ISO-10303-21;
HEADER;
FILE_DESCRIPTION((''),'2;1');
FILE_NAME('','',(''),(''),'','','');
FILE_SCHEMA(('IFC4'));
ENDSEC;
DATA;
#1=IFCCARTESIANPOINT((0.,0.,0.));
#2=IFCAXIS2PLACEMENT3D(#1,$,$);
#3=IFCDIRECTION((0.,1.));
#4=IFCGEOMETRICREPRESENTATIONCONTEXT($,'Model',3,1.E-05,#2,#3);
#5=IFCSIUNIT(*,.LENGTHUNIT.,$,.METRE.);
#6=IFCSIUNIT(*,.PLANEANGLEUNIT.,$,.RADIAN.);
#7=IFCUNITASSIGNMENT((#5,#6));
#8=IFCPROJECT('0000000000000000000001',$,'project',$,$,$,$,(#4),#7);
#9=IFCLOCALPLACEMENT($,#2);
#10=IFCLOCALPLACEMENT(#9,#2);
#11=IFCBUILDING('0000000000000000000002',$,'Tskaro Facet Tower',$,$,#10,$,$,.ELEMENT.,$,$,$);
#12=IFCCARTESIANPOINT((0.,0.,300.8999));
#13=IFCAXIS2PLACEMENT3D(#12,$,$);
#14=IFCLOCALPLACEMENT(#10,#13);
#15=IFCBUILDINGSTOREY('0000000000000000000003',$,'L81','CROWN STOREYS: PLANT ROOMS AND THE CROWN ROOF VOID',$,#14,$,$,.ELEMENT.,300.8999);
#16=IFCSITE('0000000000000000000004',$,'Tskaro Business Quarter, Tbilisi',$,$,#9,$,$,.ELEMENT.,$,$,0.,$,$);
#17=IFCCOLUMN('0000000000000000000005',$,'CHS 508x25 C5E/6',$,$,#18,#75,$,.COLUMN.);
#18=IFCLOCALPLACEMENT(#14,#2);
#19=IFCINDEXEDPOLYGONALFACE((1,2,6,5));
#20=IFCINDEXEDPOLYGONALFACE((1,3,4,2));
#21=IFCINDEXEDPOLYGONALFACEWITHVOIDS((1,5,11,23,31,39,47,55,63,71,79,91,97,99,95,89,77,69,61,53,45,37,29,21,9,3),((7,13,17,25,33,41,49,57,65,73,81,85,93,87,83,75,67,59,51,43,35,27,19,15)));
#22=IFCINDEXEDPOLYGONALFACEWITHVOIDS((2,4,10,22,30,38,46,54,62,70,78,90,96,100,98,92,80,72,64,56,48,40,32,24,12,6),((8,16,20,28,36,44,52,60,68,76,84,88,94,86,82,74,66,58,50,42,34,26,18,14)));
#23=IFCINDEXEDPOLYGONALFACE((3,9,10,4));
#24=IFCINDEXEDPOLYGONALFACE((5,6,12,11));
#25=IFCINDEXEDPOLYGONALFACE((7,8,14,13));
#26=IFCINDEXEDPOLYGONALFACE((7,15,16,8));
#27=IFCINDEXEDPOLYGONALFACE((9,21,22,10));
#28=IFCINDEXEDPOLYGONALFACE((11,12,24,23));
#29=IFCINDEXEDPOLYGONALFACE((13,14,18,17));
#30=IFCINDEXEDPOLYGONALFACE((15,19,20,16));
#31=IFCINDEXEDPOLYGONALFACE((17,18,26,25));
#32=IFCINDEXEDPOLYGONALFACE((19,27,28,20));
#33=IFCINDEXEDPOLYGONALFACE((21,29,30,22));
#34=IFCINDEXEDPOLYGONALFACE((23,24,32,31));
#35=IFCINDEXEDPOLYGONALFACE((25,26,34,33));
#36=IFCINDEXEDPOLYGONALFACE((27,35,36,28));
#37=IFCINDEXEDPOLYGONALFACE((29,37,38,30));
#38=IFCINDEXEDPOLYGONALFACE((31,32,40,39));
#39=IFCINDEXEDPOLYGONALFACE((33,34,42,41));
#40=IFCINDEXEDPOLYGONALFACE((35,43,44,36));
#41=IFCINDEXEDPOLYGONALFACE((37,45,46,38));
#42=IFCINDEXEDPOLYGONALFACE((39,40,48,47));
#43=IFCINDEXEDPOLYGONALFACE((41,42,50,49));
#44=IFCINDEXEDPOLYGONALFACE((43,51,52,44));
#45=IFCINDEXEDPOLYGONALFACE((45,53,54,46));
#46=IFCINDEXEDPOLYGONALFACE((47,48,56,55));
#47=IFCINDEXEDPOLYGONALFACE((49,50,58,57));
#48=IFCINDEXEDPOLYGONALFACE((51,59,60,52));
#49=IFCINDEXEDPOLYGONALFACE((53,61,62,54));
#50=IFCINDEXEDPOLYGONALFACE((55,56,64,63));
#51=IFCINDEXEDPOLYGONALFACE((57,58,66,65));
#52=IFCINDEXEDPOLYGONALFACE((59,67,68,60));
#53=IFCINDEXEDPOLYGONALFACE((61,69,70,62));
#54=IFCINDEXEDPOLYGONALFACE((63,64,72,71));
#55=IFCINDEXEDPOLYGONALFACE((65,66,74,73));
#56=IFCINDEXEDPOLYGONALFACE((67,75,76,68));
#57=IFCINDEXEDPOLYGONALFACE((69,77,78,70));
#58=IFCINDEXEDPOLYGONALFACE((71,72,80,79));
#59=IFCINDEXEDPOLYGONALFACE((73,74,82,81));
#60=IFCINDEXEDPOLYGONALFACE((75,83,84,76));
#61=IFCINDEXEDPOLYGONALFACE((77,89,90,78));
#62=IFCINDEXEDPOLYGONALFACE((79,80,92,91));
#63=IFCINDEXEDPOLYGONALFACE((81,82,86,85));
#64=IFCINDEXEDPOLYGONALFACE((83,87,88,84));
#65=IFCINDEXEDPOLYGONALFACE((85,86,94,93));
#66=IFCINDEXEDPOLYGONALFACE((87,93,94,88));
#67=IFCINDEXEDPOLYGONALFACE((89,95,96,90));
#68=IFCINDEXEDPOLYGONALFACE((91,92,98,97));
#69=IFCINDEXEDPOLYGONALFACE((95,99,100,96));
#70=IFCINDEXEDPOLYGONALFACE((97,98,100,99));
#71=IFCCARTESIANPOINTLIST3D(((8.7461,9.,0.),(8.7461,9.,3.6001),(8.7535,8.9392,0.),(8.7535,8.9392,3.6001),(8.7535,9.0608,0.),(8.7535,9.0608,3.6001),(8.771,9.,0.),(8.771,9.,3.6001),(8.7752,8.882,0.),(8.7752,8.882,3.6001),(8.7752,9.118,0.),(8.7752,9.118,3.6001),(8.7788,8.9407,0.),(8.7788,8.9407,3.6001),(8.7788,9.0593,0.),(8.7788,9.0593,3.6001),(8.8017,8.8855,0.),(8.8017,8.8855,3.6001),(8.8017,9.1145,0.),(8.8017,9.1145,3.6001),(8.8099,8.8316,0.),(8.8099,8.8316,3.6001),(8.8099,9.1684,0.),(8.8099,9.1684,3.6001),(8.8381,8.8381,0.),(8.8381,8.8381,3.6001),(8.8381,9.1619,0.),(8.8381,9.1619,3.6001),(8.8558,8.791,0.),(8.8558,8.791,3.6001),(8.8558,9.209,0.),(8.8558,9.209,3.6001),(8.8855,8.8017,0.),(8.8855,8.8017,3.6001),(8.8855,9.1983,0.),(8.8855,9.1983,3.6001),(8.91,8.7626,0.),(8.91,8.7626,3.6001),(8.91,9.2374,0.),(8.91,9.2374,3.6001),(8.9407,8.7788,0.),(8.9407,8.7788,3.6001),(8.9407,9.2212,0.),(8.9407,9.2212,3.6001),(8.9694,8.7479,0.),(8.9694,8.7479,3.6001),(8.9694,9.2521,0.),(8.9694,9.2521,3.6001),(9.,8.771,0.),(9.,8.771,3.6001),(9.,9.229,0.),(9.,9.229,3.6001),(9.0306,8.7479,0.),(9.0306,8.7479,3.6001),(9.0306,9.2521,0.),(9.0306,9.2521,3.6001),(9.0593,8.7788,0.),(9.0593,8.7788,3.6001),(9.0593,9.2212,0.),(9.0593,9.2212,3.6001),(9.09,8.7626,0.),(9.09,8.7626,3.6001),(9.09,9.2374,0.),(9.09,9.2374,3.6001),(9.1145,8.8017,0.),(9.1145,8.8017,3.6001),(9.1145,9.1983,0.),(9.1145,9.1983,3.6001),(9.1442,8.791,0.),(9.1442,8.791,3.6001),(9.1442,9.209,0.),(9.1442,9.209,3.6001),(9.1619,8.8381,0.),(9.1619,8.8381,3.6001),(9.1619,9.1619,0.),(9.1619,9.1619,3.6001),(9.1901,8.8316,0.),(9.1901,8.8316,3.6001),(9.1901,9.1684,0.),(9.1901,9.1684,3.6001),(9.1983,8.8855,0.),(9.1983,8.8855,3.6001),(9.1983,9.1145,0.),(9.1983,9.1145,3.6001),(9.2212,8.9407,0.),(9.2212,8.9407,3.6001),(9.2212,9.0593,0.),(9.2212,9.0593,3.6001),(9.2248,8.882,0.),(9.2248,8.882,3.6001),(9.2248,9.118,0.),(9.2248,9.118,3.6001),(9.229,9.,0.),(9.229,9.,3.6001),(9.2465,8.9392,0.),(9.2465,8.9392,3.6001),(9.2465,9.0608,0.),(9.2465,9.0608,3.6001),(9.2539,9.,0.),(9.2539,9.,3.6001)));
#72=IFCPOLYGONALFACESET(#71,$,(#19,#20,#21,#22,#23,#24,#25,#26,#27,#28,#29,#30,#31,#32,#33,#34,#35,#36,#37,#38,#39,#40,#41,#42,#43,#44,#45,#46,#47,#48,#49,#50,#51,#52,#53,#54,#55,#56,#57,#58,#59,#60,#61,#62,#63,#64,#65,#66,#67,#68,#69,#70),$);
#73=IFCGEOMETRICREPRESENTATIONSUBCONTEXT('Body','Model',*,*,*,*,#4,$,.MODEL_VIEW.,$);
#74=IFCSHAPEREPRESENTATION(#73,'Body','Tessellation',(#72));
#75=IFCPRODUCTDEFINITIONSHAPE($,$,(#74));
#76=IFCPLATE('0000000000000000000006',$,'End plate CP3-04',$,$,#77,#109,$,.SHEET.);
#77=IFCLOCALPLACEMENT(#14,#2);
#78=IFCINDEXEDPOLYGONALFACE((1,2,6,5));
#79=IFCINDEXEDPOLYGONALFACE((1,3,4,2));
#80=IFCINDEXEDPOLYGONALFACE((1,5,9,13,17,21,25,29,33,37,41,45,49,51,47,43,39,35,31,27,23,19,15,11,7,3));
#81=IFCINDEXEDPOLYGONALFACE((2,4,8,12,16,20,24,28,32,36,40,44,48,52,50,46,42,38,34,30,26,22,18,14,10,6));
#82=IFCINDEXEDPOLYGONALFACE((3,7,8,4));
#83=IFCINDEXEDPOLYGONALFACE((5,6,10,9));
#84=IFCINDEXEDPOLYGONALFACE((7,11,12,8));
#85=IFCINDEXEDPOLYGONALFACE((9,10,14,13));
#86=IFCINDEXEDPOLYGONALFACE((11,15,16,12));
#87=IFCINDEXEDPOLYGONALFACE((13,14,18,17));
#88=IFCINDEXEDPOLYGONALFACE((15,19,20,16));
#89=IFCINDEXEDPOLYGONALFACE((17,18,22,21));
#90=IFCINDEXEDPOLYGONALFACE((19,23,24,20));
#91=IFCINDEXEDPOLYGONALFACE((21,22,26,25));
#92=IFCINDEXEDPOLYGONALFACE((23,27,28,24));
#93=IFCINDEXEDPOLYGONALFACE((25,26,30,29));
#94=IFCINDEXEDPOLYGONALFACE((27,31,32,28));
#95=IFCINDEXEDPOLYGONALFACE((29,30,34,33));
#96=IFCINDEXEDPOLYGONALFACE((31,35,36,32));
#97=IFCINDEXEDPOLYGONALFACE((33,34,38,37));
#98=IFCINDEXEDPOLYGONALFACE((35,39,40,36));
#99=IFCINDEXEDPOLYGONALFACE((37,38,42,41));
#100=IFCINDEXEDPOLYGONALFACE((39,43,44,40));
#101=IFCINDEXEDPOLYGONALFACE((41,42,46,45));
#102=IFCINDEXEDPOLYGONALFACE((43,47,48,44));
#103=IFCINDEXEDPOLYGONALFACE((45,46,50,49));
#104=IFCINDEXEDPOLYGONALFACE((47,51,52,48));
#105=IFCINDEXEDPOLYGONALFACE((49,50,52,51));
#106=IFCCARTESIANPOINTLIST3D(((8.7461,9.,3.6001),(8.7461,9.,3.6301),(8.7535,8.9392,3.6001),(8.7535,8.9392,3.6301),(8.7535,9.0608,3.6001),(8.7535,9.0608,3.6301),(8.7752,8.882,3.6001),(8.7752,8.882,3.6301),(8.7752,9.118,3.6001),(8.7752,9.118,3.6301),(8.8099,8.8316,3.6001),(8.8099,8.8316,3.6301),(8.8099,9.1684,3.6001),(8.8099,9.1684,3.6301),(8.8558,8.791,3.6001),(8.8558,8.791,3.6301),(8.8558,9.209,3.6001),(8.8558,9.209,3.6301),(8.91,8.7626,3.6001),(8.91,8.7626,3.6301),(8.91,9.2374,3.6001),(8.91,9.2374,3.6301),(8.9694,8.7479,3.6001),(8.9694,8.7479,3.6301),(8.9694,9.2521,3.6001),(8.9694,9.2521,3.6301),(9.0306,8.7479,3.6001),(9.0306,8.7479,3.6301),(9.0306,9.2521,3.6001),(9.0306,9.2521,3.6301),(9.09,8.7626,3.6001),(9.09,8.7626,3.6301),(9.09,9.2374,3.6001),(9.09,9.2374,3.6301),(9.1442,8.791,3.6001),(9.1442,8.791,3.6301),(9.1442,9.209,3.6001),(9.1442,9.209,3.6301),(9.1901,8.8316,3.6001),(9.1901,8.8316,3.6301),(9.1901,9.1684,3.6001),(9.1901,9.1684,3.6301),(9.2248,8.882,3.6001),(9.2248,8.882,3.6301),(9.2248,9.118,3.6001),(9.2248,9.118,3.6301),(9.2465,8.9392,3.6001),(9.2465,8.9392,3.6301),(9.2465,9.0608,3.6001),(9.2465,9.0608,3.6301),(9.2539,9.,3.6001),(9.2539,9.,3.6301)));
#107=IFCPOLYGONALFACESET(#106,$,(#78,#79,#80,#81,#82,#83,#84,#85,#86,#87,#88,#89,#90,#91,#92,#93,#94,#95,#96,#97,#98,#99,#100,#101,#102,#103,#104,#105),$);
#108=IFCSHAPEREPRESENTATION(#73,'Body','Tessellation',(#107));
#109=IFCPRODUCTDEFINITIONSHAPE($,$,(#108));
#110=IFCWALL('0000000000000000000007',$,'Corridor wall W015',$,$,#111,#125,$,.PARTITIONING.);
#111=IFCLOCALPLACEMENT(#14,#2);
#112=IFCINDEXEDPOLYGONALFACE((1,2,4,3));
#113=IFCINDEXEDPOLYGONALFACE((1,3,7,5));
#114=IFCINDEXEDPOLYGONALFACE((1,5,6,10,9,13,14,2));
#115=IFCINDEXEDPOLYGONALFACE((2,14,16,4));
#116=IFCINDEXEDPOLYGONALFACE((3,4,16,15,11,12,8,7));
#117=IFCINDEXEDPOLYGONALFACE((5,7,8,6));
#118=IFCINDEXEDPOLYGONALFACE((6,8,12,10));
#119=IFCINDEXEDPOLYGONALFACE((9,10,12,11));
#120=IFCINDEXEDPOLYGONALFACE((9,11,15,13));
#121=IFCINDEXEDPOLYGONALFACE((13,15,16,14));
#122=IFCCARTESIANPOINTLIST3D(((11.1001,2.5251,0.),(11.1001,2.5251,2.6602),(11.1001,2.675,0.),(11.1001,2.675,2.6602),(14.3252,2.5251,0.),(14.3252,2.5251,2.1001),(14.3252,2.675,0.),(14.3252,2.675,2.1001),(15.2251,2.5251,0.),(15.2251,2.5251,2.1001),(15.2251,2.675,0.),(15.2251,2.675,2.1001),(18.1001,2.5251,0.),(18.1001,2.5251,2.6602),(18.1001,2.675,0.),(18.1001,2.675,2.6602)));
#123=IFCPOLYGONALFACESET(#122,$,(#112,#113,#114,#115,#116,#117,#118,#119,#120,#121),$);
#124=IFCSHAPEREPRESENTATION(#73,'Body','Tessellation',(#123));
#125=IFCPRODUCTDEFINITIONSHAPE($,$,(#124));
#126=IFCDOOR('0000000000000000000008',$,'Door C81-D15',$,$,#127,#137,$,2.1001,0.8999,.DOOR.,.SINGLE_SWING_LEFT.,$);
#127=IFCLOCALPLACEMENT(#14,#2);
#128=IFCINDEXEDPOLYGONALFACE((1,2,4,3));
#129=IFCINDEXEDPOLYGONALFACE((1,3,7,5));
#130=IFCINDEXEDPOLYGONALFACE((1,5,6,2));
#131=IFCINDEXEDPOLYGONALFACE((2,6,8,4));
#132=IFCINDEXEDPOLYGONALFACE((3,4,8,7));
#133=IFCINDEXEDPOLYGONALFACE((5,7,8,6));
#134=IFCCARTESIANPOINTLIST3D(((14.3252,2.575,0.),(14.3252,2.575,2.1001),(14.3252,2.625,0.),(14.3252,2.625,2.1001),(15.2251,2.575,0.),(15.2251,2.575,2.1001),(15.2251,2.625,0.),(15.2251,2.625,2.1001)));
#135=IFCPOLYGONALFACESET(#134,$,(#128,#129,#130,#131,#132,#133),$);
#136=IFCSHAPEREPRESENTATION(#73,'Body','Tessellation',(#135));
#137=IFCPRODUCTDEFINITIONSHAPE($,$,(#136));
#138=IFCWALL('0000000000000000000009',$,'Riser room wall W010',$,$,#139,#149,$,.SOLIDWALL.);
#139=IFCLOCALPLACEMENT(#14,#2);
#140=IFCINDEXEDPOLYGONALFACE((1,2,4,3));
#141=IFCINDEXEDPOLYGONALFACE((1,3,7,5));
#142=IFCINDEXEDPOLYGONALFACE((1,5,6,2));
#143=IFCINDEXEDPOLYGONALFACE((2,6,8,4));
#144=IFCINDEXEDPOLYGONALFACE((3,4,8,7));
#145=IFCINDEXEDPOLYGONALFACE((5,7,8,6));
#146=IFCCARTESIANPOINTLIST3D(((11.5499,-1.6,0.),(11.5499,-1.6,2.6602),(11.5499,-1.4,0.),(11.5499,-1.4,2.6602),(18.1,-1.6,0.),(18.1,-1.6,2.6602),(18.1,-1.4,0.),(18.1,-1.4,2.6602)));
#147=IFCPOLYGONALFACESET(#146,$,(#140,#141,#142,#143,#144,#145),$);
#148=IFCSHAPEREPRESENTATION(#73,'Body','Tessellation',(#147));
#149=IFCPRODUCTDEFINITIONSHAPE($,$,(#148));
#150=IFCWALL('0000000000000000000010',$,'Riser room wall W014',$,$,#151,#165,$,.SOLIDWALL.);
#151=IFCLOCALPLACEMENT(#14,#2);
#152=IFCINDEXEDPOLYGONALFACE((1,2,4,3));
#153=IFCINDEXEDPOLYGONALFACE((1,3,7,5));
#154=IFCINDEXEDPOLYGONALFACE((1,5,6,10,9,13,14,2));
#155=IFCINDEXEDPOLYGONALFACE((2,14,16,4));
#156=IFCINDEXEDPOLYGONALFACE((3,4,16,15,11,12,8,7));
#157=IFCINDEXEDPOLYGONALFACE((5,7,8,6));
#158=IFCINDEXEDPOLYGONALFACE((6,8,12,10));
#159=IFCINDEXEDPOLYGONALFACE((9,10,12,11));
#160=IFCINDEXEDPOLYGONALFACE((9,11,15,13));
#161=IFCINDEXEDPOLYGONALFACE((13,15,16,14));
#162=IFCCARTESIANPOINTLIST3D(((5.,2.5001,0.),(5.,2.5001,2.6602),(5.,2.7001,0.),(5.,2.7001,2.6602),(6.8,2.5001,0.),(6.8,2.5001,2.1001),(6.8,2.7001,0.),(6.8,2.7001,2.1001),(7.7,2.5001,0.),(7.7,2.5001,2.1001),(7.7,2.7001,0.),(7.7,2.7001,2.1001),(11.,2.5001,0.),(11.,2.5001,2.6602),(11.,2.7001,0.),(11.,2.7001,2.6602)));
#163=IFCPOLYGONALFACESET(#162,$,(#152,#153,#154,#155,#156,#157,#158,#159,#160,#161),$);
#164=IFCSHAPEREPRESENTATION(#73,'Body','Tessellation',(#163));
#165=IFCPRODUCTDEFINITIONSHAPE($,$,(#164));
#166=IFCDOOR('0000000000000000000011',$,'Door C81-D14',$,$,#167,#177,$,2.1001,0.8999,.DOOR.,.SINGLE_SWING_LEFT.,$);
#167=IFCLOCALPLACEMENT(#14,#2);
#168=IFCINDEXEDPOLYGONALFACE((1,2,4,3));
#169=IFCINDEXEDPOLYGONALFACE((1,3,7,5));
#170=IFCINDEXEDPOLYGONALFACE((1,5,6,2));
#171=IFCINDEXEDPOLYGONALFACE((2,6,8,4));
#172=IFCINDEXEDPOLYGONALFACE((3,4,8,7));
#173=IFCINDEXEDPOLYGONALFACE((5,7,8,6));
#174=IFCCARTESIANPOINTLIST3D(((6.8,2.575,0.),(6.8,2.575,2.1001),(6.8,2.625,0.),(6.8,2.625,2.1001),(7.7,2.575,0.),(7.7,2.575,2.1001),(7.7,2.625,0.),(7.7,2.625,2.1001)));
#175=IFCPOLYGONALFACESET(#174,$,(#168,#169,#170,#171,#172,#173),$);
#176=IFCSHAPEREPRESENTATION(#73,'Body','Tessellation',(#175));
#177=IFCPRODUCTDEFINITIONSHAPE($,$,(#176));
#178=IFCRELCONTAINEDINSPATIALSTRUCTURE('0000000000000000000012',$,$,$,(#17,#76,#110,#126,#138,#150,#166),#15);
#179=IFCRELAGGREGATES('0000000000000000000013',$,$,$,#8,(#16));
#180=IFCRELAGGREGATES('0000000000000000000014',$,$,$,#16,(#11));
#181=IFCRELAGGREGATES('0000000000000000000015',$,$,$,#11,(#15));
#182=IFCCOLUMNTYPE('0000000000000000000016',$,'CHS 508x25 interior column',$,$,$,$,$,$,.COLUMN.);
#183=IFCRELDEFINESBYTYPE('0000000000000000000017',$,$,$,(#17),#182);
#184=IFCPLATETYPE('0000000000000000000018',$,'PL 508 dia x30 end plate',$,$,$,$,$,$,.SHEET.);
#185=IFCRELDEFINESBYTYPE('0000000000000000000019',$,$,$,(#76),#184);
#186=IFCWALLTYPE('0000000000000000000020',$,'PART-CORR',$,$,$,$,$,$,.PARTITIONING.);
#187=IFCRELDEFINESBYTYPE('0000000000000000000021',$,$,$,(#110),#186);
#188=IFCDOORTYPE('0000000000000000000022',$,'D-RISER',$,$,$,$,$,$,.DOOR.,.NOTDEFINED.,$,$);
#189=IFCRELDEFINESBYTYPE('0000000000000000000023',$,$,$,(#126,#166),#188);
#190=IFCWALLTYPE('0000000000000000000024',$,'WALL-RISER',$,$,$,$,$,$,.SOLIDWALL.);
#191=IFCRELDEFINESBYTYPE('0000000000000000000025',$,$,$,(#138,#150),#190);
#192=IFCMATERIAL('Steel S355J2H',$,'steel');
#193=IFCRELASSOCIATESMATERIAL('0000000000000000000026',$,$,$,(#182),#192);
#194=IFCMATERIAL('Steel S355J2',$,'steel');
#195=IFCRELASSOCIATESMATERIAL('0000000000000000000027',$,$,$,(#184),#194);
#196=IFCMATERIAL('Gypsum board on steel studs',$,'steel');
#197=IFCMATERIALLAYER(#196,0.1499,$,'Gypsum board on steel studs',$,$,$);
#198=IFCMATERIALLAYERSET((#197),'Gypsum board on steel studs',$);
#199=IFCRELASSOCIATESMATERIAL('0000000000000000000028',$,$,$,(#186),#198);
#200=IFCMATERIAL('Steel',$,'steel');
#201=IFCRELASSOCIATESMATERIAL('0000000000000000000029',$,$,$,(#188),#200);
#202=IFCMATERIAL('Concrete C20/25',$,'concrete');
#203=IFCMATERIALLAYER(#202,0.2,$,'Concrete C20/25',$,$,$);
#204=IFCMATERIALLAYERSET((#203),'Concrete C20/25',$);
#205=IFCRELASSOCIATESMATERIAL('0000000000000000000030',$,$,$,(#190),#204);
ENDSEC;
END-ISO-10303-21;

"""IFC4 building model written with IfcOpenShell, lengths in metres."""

from ifc_helpers import new_model, si_unit, direction, frame, frame_2d, origin, origin_2d, place, context, subcontext, project, spatial, rectangle, circle, hollow_circle, extrude, material, layer, layer_set, material_profile, profile_set, type_object, element, fill, save


model = new_model("IFC4")

# Units and contexts
model_context = context("Model", 3, precision=1e-05, world=origin(), true_north=direction((0.0, 1.0)))
body_context = subcontext(model_context, "Body", "Model", "MODEL_VIEW")
ifc_project = project(units=[si_unit("LENGTHUNIT", "METRE"), si_unit("PLANEANGLEUNIT", "RADIAN")], contexts=[model_context])

# Site, building, storey
site_placement = place(None, origin())
site = spatial("IfcSite", under=ifc_project, at=site_placement, Name="Tskaro Business Quarter, Tbilisi", CompositionType="ELEMENT", RefElevation=0.0)
building_placement = place(site_placement, origin())
building = spatial("IfcBuilding", under=site, at=building_placement, Name="Tskaro Facet Tower", CompositionType="ELEMENT")
storey_placement = place(building_placement, frame((0.0, 0.0, 300.8999)))
storey = spatial("IfcBuildingStorey", under=building, at=storey_placement, Name="L81", Description="CROWN STOREYS: PLANT ROOMS AND THE CROWN ROOF VOID", CompositionType="ELEMENT", Elevation=300.8999)

# Column
ifc_material_1 = material(Name="Steel S355J2H", Category="steel")
ifc_material_profile_1 = material_profile(ifc_material_1, hollow_circle(Radius=0.2539, WallThickness=0.0249, at=origin_2d()), Name="CHS 508x25")
ifc_profile_set_1 = profile_set([ifc_material_profile_1], Name="Steel S355J2H")
column_type = type_object("IfcColumnType", Name="CHS 508x25 interior column", PredefinedType="COLUMN", material=ifc_profile_set_1)
column_placement = place(storey_placement, frame((9.0, 9.0, 0.0), z_axis=(0.0, 0.0, 1.0), x_axis=(1.0, 0.0, 0.0)))
element("IfcColumn", 1, at=column_placement, inside=storey, type_object=column_type, Name="CHS 508x25 C5E/6", PredefinedType="COLUMN", context=body_context, shape_type="SweptSolid", body=[
    extrude(hollow_circle(Radius=0.2539, WallThickness=0.0249, at=origin_2d()), origin(), (0.0, 0.0, 1.0), 3.6001),
])

# Plate
ifc_material_2 = material(Name="Steel S355J2", Category="steel")
ifc_material_profile_2 = material_profile(ifc_material_2, circle(Radius=0.2539, at=origin_2d()), Name="PL 508 dia x30 end plate")
ifc_profile_set_2 = profile_set([ifc_material_profile_2], Name="Steel S355J2")
plate_type = type_object("IfcPlateType", Name="PL 508 dia x30 end plate", PredefinedType="SHEET", material=ifc_profile_set_2)
plate_placement = place(storey_placement, frame((9.0, 9.0, 3.6001), z_axis=(0.0, 0.0, 1.0), x_axis=(1.0, 0.0, 0.0)))
element("IfcPlate", 2, at=plate_placement, inside=storey, type_object=plate_type, Name="End plate CP3-04", PredefinedType="SHEET", context=body_context, shape_type="SweptSolid", body=[
    extrude(circle(Radius=0.2539, at=origin_2d()), origin(), (0.0, 0.0, 1.0), 0.03),
])

# Wall, opening, door
ifc_material_3 = material(Name="Gypsum board on steel studs", Category="steel")
ifc_layer_1 = layer(ifc_material_3, 0.1499, Name="Gypsum board on steel studs")
ifc_layer_set_1 = layer_set([ifc_layer_1], Name="Gypsum board on steel studs")
wall_type_1 = type_object("IfcWallType", Name="PART-CORR", PredefinedType="PARTITIONING", material=ifc_layer_set_1)
wall_1_placement = place(storey_placement, frame((11.1001, 2.6001, 0.0), z_axis=(0.0, 0.0, 1.0), x_axis=(1.0, 0.0, 0.0)))
wall_1 = element("IfcWall", 3, at=wall_1_placement, inside=storey, type_object=wall_type_1, Name="Corridor wall W015", PredefinedType="PARTITIONING", context=body_context, shape_type="SweptSolid", body=[
    extrude(rectangle(XDim=7.0, YDim=0.1499, at=frame_2d((3.5, 0.0))), origin(), (0.0, 0.0, 1.0), 2.6602),
])
opening_1_placement = place(wall_1_placement, frame((3.2251, 0.0, 0.0)))
opening_1 = element("IfcOpeningElement", 4, at=opening_1_placement, cuts=wall_1, PredefinedType="OPENING", context=body_context, shape_type="SweptSolid", body=[
    extrude(rectangle(XDim=0.8999, YDim=2.1001, at=frame_2d((0.45, 1.05))), frame((0.0, 0.085, 0.0), z_axis=(0.0, -1.0, 0.0), x_axis=(1.0, 0.0, 0.0)), (0.0, 0.0, 1.0), 0.1699),
])
ifc_material_4 = material(Name="Steel", Category="steel")
door_type = type_object("IfcDoorType", Name="D-RISER", OperationType="NOTDEFINED", PredefinedType="DOOR", material=ifc_material_4)
door_1_placement = place(opening_1_placement, origin())
door_1 = element("IfcDoor", 5, at=door_1_placement, inside=storey, type_object=door_type, Name="Door C81-D15", OperationType="SINGLE_SWING_LEFT", OverallHeight=2.1001, OverallWidth=0.8999, PredefinedType="DOOR", context=body_context, shape_type="SweptSolid", body=[
    extrude(rectangle(XDim=0.8999, YDim=2.1001, at=frame_2d((0.45, 1.05))), frame((0.0, 0.0249, 0.0), z_axis=(0.0, -1.0, 0.0), x_axis=(1.0, 0.0, 0.0)), (0.0, 0.0, 1.0), 0.05),
])
fill(opening_1, door_1)

# Wall
ifc_material_5 = material(Name="Concrete C20/25", Category="concrete")
ifc_layer_2 = layer(ifc_material_5, 0.2, Name="Concrete C20/25")
ifc_layer_set_2 = layer_set([ifc_layer_2], Name="Concrete C20/25")
wall_type_2 = type_object("IfcWallType", Name="WALL-RISER", PredefinedType="SOLIDWALL", material=ifc_layer_set_2)
wall_2_placement = place(storey_placement, frame((11.55, -1.5, 0.0), z_axis=(0.0, 0.0, 1.0), x_axis=(1.0, 0.0, 0.0)))
element("IfcWall", 6, at=wall_2_placement, inside=storey, type_object=wall_type_2, Name="Riser room wall W010", PredefinedType="SOLIDWALL", context=body_context, shape_type="SweptSolid", body=[
    extrude(rectangle(XDim=6.55, YDim=0.2, at=frame_2d((3.2749, 0.0))), origin(), (0.0, 0.0, 1.0), 2.6602),
])

# Wall, opening, door
wall_3_placement = place(storey_placement, frame((5.0, 2.6001, 0.0), z_axis=(0.0, 0.0, 1.0), x_axis=(1.0, 0.0, 0.0)))
wall_3 = element("IfcWall", 7, at=wall_3_placement, inside=storey, type_object=wall_type_2, Name="Riser room wall W014", PredefinedType="SOLIDWALL", context=body_context, shape_type="SweptSolid", body=[
    extrude(rectangle(XDim=6.0, YDim=0.2, at=frame_2d((3.0, 0.0))), origin(), (0.0, 0.0, 1.0), 2.6602),
])
opening_2_placement = place(wall_3_placement, frame((1.8, 0.0, 0.0)))
opening_2 = element("IfcOpeningElement", 8, at=opening_2_placement, cuts=wall_3, PredefinedType="OPENING", context=body_context, shape_type="SweptSolid", body=[
    extrude(rectangle(XDim=0.8999, YDim=2.1001, at=frame_2d((0.45, 1.05))), frame((0.0, 0.1099, 0.0), z_axis=(0.0, -1.0, 0.0), x_axis=(1.0, 0.0, 0.0)), (0.0, 0.0, 1.0), 0.22),
])
door_2_placement = place(opening_2_placement, origin())
door_2 = element("IfcDoor", 9, at=door_2_placement, inside=storey, type_object=door_type, Name="Door C81-D14", OperationType="SINGLE_SWING_LEFT", OverallHeight=2.1001, OverallWidth=0.8999, PredefinedType="DOOR", context=body_context, shape_type="SweptSolid", body=[
    extrude(rectangle(XDim=0.8999, YDim=2.1001, at=frame_2d((0.45, 1.05))), frame((0.0, 0.0249, 0.0), z_axis=(0.0, -1.0, 0.0), x_axis=(1.0, 0.0, 0.0)), (0.0, 0.0, 1.0), 0.05),
])
fill(opening_2, door_2)

save(model, "model.ifc")
